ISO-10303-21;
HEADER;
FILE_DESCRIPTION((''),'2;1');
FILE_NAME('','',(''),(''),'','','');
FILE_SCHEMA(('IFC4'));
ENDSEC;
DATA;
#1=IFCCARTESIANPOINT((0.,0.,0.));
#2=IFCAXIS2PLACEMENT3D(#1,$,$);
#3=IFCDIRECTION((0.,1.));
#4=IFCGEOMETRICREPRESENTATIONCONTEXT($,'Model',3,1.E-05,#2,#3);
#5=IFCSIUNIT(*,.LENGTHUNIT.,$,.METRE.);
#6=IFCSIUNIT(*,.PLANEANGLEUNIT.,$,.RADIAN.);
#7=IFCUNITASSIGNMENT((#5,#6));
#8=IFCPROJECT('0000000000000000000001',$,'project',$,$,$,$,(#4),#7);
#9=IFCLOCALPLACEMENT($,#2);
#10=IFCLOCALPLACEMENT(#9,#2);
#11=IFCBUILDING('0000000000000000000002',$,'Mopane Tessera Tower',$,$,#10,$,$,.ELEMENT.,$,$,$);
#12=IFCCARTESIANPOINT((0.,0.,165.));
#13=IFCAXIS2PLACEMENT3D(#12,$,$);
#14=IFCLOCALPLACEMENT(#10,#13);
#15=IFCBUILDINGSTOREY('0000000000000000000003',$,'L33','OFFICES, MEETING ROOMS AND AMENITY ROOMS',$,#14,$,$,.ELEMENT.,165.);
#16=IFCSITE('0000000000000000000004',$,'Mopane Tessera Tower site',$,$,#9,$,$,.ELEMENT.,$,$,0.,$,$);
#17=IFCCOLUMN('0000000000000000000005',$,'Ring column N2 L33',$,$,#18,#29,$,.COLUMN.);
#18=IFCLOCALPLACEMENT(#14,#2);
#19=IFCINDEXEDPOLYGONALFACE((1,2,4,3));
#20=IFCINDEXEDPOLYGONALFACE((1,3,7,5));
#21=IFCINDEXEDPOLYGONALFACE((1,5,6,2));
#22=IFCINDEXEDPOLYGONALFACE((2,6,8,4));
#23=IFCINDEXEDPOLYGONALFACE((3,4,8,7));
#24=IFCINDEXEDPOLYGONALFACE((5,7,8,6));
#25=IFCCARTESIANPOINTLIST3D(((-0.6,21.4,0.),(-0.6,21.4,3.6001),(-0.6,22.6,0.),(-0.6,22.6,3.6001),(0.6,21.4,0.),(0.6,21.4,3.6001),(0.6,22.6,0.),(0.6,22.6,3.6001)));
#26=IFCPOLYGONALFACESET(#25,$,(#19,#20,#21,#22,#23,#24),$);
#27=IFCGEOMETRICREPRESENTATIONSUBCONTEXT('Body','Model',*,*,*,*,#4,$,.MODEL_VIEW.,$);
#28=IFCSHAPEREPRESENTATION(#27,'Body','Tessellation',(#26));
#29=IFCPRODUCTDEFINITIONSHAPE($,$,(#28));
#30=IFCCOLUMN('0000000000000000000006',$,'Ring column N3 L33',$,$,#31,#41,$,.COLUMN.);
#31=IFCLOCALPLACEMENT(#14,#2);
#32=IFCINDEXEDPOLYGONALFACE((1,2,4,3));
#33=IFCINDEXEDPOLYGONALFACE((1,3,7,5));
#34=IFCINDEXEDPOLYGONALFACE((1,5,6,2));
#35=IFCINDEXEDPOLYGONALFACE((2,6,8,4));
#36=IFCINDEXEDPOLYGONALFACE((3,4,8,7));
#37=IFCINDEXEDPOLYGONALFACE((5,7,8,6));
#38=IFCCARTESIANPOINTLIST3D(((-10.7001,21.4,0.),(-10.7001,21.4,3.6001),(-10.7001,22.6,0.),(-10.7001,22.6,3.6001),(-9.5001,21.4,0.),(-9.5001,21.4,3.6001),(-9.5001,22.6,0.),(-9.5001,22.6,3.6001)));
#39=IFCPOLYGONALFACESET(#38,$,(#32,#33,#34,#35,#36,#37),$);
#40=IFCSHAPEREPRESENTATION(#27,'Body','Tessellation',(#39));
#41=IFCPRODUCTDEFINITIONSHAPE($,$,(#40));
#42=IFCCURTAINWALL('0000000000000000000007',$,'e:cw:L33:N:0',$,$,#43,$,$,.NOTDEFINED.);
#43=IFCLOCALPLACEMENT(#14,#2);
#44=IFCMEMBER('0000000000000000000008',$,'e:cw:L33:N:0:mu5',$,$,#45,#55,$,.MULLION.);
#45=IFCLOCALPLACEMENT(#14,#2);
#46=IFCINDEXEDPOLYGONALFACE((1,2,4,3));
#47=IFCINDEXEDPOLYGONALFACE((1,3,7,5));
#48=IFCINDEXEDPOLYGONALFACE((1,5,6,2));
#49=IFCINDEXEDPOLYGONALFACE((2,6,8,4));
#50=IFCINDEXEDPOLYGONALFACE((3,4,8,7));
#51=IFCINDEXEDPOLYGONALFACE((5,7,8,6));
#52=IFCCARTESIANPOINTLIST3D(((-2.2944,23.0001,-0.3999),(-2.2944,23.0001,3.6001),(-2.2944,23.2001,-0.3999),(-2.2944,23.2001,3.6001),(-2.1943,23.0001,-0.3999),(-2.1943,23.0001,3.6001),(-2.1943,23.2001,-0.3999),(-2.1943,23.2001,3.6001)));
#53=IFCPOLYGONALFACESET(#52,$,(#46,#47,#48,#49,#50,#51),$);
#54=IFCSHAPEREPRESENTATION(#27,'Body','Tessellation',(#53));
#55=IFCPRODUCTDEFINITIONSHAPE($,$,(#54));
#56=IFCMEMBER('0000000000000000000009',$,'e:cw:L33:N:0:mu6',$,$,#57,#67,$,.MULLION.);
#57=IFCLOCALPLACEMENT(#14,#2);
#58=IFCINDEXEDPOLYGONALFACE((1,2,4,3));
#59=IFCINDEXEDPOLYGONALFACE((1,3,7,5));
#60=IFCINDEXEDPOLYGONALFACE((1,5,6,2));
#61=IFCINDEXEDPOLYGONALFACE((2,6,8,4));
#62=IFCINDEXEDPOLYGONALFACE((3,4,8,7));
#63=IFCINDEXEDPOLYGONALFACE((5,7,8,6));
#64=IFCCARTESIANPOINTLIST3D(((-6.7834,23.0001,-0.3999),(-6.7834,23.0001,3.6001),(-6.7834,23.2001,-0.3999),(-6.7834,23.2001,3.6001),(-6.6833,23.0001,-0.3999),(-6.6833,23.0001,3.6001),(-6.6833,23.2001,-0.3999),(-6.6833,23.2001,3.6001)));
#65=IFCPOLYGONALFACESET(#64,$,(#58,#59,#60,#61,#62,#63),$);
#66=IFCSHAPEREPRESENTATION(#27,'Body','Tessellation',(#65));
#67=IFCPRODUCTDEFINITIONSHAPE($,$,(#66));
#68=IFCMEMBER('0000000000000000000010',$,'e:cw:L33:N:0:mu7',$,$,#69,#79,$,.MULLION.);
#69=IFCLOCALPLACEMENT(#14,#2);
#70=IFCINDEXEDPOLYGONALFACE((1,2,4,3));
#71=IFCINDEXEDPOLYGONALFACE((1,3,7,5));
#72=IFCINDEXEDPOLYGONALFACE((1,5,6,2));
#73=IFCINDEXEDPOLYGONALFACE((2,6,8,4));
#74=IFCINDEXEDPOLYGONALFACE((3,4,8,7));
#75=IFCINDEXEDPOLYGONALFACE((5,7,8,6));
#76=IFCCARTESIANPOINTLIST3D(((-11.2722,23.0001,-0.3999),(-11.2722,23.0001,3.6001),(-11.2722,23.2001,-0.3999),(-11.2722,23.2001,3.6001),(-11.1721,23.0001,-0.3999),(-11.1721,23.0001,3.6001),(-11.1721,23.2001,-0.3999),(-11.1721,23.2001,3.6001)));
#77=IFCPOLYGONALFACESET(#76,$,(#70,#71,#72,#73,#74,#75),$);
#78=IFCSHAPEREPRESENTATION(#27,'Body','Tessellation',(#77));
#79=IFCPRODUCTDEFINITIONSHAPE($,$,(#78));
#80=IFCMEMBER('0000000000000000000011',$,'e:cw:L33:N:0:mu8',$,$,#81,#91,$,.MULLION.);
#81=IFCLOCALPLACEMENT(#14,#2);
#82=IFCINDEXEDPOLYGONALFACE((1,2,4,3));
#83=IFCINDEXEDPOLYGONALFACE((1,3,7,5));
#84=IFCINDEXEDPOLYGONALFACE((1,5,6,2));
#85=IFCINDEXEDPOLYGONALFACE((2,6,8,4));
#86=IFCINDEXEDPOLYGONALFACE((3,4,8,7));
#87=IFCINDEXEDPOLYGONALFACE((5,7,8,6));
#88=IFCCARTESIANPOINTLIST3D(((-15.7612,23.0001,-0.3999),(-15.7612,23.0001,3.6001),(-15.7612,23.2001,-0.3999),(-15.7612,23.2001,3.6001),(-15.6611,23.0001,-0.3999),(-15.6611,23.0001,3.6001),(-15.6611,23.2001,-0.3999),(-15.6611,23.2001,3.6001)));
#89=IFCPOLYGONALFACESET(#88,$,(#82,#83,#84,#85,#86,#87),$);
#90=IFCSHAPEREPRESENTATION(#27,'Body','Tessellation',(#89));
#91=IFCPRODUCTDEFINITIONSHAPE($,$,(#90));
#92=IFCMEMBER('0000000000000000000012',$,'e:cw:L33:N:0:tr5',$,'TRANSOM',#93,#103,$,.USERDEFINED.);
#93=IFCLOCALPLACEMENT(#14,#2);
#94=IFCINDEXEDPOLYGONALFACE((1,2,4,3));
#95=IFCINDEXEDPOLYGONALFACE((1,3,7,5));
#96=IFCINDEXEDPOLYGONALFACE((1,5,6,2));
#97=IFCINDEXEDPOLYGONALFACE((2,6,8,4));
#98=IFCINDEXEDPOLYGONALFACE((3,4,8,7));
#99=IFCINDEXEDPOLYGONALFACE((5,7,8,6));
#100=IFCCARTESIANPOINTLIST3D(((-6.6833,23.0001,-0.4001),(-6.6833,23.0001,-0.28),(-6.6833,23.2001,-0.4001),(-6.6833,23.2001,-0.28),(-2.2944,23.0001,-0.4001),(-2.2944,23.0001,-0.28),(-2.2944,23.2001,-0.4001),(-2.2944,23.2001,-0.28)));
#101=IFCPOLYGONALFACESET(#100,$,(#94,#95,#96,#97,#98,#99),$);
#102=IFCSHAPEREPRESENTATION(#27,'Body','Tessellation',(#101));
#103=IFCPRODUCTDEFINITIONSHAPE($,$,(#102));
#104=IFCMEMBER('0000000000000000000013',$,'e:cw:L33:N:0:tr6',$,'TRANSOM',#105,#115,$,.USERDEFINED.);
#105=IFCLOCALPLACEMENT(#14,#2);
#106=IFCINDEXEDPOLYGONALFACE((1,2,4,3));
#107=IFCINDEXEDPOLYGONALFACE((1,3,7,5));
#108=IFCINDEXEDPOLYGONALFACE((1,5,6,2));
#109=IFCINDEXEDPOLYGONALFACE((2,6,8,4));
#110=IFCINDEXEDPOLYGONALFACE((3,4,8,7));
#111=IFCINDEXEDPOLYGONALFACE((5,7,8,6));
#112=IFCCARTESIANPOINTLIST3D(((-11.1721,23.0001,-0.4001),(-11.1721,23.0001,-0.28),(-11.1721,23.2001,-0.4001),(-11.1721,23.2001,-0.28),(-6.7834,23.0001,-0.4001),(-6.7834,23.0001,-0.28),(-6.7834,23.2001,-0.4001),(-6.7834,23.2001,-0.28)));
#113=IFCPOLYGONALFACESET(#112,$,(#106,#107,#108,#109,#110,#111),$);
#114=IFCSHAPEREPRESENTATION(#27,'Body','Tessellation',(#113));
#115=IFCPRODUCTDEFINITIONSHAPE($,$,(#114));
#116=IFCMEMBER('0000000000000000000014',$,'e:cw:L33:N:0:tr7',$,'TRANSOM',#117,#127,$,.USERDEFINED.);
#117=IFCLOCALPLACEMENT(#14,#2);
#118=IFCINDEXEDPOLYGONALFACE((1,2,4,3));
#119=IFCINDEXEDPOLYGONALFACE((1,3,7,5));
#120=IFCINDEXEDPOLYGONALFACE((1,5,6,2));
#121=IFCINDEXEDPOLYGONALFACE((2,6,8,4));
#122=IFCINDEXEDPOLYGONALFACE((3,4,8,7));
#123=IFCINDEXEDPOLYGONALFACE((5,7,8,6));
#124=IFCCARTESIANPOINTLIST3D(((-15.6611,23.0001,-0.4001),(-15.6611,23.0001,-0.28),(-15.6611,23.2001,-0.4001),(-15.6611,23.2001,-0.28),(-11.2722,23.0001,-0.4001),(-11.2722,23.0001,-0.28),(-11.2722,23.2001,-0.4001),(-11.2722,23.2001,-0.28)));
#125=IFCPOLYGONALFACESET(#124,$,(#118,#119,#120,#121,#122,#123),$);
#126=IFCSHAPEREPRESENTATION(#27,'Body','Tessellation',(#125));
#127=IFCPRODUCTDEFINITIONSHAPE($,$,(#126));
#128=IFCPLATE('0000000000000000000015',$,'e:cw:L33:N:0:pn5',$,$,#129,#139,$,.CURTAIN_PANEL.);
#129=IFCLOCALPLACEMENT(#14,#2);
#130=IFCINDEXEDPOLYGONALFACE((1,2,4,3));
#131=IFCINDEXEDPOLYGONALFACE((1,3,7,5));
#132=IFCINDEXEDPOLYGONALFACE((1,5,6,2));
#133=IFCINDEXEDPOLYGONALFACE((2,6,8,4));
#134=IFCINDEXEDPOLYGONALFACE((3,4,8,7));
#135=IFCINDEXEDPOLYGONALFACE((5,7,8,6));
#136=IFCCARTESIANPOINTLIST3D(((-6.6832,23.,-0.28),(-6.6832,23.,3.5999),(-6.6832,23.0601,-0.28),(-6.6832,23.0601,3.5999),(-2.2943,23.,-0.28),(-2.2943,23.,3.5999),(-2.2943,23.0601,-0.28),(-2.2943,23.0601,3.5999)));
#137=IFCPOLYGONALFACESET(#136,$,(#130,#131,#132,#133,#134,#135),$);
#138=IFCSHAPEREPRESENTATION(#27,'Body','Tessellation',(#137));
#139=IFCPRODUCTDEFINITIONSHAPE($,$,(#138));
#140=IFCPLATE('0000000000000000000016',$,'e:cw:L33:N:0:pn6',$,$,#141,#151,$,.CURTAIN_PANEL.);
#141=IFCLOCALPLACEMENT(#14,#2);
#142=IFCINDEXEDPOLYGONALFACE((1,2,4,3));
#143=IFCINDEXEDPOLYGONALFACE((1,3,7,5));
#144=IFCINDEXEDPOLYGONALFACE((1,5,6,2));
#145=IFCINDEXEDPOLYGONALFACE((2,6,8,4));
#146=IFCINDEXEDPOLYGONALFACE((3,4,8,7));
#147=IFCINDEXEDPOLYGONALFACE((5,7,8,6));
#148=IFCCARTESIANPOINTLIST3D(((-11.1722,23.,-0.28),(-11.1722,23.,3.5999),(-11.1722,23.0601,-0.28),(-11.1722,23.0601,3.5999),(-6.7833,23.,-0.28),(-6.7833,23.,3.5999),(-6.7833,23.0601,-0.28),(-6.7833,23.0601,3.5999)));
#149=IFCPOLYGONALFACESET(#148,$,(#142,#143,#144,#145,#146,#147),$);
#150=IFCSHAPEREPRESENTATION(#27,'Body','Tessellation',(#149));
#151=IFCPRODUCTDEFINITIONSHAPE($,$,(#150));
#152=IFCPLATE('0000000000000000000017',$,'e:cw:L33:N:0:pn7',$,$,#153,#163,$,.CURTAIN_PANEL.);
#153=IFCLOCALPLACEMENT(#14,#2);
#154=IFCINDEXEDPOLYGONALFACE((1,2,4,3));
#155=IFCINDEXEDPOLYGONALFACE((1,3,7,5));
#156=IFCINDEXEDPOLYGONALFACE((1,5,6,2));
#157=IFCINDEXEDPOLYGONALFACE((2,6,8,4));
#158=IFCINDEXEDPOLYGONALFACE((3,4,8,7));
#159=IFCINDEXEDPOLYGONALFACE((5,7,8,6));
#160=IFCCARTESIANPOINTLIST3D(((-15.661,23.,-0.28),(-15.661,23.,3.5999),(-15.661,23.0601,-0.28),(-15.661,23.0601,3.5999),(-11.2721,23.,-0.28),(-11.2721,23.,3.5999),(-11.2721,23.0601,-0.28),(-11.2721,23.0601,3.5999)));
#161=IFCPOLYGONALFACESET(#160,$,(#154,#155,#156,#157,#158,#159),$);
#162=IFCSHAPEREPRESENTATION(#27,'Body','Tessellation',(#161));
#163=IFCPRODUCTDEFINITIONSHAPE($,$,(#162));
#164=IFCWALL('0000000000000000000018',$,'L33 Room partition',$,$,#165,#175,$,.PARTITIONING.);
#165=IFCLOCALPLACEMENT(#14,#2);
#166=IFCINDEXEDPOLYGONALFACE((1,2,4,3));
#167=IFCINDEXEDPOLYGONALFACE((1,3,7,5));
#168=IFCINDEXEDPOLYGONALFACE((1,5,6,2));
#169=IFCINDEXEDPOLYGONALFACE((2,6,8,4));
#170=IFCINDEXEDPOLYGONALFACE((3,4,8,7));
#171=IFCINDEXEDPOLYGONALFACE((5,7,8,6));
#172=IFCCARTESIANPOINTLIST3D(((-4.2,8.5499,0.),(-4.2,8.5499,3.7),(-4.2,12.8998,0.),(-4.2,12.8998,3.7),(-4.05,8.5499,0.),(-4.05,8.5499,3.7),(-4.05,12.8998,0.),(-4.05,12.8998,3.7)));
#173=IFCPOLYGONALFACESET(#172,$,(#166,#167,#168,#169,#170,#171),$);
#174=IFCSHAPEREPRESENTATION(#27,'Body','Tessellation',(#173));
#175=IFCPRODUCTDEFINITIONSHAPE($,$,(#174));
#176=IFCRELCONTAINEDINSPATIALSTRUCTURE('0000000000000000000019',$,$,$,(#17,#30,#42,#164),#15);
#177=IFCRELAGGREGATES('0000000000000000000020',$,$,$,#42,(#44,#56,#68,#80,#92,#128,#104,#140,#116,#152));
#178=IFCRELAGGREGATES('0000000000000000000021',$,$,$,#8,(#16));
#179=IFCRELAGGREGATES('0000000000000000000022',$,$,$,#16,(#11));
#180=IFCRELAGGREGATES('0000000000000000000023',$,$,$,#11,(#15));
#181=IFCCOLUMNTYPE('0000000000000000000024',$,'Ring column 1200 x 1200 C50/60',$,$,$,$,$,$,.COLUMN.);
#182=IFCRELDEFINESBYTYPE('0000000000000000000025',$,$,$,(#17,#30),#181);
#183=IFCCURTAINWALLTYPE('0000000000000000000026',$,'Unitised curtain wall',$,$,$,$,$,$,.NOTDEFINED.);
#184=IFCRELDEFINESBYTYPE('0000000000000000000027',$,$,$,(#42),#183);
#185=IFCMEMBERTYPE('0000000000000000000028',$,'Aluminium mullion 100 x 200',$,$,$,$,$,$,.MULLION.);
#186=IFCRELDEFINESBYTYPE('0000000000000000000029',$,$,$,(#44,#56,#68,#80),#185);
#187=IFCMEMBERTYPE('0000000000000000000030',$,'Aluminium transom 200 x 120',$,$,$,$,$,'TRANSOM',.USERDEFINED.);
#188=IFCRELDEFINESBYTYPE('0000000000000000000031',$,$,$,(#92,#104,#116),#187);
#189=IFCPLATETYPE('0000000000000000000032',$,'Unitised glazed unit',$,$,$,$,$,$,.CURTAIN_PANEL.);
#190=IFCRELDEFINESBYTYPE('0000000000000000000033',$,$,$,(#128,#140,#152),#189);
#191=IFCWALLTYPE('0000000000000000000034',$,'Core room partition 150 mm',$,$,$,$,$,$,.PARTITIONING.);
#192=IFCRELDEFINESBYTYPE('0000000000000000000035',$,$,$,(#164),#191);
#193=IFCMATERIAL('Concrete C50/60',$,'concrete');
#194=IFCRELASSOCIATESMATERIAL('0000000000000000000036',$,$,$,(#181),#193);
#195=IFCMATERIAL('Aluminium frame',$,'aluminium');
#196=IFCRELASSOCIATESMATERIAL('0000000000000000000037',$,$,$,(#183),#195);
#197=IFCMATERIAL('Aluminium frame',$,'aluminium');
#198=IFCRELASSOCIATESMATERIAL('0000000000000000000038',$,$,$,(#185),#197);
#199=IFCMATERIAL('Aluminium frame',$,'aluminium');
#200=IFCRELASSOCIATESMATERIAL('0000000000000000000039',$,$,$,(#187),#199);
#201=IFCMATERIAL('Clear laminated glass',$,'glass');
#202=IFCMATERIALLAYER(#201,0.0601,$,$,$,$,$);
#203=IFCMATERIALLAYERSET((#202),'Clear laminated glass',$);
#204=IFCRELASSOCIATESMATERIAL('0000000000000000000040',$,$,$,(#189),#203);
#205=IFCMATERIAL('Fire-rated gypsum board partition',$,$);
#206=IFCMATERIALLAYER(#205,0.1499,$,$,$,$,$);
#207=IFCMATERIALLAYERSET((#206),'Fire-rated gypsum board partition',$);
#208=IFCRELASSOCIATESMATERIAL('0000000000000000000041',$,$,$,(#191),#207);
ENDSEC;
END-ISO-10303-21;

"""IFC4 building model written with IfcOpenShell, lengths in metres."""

from ifc_helpers import new_model, si_unit, direction, frame, frame_2d, origin, origin_2d, place, context, subcontext, project, spatial, rectangle, extrude, material, layer, layer_set, material_profile, profile_set, type_object, element, aggregate, save


model = new_model("IFC4")

# Units and contexts
model_context = context("Model", 3, precision=1e-05, world=origin(), true_north=direction((0.0, 1.0)))
body_context = subcontext(model_context, "Body", "Model", "MODEL_VIEW")
ifc_project = project(units=[si_unit("LENGTHUNIT", "METRE"), si_unit("PLANEANGLEUNIT", "RADIAN")], contexts=[model_context])

# Site, building, storey
site_placement = place(None, origin())
site = spatial("IfcSite", under=ifc_project, at=site_placement, Name="Mopane Tessera Tower site", CompositionType="ELEMENT", RefElevation=0.0)
building_placement = place(site_placement, origin())
building = spatial("IfcBuilding", under=site, at=building_placement, Name="Mopane Tessera Tower", CompositionType="ELEMENT")
storey_placement = place(building_placement, frame((0.0, 0.0, 165.0)))
storey = spatial("IfcBuildingStorey", under=building, at=storey_placement, Name="L33", Description="OFFICES, MEETING ROOMS AND AMENITY ROOMS", CompositionType="ELEMENT", Elevation=165.0)

# Columns
ifc_material_1 = material(Name="Concrete C50/60", Category="concrete")
ifc_material_profile_1 = material_profile(ifc_material_1, rectangle(XDim=1.2, YDim=1.2, at=origin_2d()))
ifc_profile_set_1 = profile_set([ifc_material_profile_1], Name="Concrete C50/60")
column_type = type_object("IfcColumnType", Name="Ring column 1200 x 1200 C50/60", PredefinedType="COLUMN", material=ifc_profile_set_1)
for number, where, z_axis, x_axis, name in (
    (1, (0.0, 22.0, 0.0), (0.0, 0.0, 1.0), (1.0, 0.0, 0.0), "Ring column N2 L33"),
    (2, (-10.1001, 22.0, 0.0), (0.0, 0.0, 1.0), (1.0, 0.0, 0.0), "Ring column N3 L33"),
):
    element("IfcColumn", number, at=place(storey_placement, frame(where, z_axis=z_axis, x_axis=x_axis)), inside=storey, type_object=column_type, Name=name, PredefinedType="COLUMN", context=body_context, shape_type="SweptSolid", body=[
        extrude(rectangle(XDim=1.2, YDim=1.2, at=origin_2d()), origin(), (0.0, 0.0, 1.0), 3.6001),
    ])

# Curtain wall, members, plates
ifc_material_2 = material(Name="Aluminium frame", Category="aluminium")
curtain_wall_type = type_object("IfcCurtainWallType", Name="Unitised curtain wall", PredefinedType="NOTDEFINED", material=ifc_material_2)
curtain_wall_placement = place(storey_placement, origin())
curtain_wall = element("IfcCurtainWall", 3, at=curtain_wall_placement, inside=storey, type_object=curtain_wall_type, Name="e:cw:L33:N:0", PredefinedType="NOTDEFINED")
ifc_material_3 = material(Name="Aluminium frame", Category="aluminium")
ifc_material_profile_2 = material_profile(ifc_material_3, rectangle(XDim=0.1001, YDim=0.2, at=origin_2d()))
ifc_profile_set_2 = profile_set([ifc_material_profile_2], Name="Aluminium frame")
member_type_1 = type_object("IfcMemberType", Name="Aluminium mullion 100 x 200", PredefinedType="MULLION", material=ifc_profile_set_2)
member_1_placement = place(storey_placement, frame((-2.2444, 23.1001, -0.3999), z_axis=(0.0, 0.0, 1.0), x_axis=(-1.0, 0.0, 0.0)))
member_1 = element("IfcMember", 4, at=member_1_placement, type_object=member_type_1, Name="e:cw:L33:N:0:mu5", PredefinedType="MULLION", context=body_context, shape_type="SweptSolid", body=[
    extrude(rectangle(XDim=0.1001, YDim=0.2, at=origin_2d()), origin(), (0.0, 0.0, 1.0), 4.0),
])
member_2_placement = place(storey_placement, frame((-6.7334, 23.1001, -0.3999), z_axis=(0.0, 0.0, 1.0), x_axis=(-1.0, 0.0, 0.0)))
member_2 = element("IfcMember", 5, at=member_2_placement, type_object=member_type_1, Name="e:cw:L33:N:0:mu6", PredefinedType="MULLION", context=body_context, shape_type="SweptSolid", body=[
    extrude(rectangle(XDim=0.1001, YDim=0.2, at=origin_2d()), origin(), (0.0, 0.0, 1.0), 4.0),
])
member_3_placement = place(storey_placement, frame((-11.2222, 23.1001, -0.3999), z_axis=(0.0, 0.0, 1.0), x_axis=(-1.0, 0.0, 0.0)))
member_3 = element("IfcMember", 6, at=member_3_placement, type_object=member_type_1, Name="e:cw:L33:N:0:mu7", PredefinedType="MULLION", context=body_context, shape_type="SweptSolid", body=[
    extrude(rectangle(XDim=0.1001, YDim=0.2, at=origin_2d()), origin(), (0.0, 0.0, 1.0), 4.0),
])
member_4_placement = place(storey_placement, frame((-15.7112, 23.1001, -0.3999), z_axis=(0.0, 0.0, 1.0), x_axis=(-1.0, 0.0, 0.0)))
member_4 = element("IfcMember", 7, at=member_4_placement, type_object=member_type_1, Name="e:cw:L33:N:0:mu8", PredefinedType="MULLION", context=body_context, shape_type="SweptSolid", body=[
    extrude(rectangle(XDim=0.1001, YDim=0.2, at=origin_2d()), origin(), (0.0, 0.0, 1.0), 4.0),
])
ifc_material_4 = material(Name="Aluminium frame", Category="aluminium")
ifc_material_profile_3 = material_profile(ifc_material_4, rectangle(XDim=0.2, YDim=0.1201, at=origin_2d()))
ifc_profile_set_3 = profile_set([ifc_material_profile_3], Name="Aluminium frame")
member_type_2 = type_object("IfcMemberType", Name="Aluminium transom 200 x 120", ElementType="TRANSOM", PredefinedType="USERDEFINED", material=ifc_profile_set_3)
member_5_placement = place(storey_placement, frame((-2.2944, 23.1001, -0.3401), z_axis=(-1.0, 0.0, 0.0), x_axis=(0.0, -1.0, 0.0)))
member_5 = element("IfcMember", 8, at=member_5_placement, type_object=member_type_2, Name="e:cw:L33:N:0:tr5", ObjectType="TRANSOM", PredefinedType="USERDEFINED", context=body_context, shape_type="SweptSolid", body=[
    extrude(rectangle(XDim=0.2, YDim=0.1201, at=origin_2d()), origin(), (0.0, 0.0, 1.0), 4.3889),
])
member_6_placement = place(storey_placement, frame((-6.7834, 23.1001, -0.3401), z_axis=(-1.0, 0.0, 0.0), x_axis=(0.0, -1.0, 0.0)))
member_6 = element("IfcMember", 9, at=member_6_placement, type_object=member_type_2, Name="e:cw:L33:N:0:tr6", ObjectType="TRANSOM", PredefinedType="USERDEFINED", context=body_context, shape_type="SweptSolid", body=[
    extrude(rectangle(XDim=0.2, YDim=0.1201, at=origin_2d()), origin(), (0.0, 0.0, 1.0), 4.3887),
])
member_7_placement = place(storey_placement, frame((-11.2722, 23.1001, -0.3401), z_axis=(-1.0, 0.0, 0.0), x_axis=(0.0, -1.0, 0.0)))
member_7 = element("IfcMember", 10, at=member_7_placement, type_object=member_type_2, Name="e:cw:L33:N:0:tr7", ObjectType="TRANSOM", PredefinedType="USERDEFINED", context=body_context, shape_type="SweptSolid", body=[
    extrude(rectangle(XDim=0.2, YDim=0.1201, at=origin_2d()), origin(), (0.0, 0.0, 1.0), 4.3889),
])
ifc_material_5 = material(Name="Clear laminated glass", Category="glass")
ifc_layer_1 = layer(ifc_material_5, 0.0601)
ifc_layer_set_1 = layer_set([ifc_layer_1], Name="Clear laminated glass")
plate_type = type_object("IfcPlateType", Name="Unitised glazed unit", PredefinedType="CURTAIN_PANEL", material=ifc_layer_set_1)
plate_1_placement = place(storey_placement, frame((-4.4888, 23.03, -0.28), z_axis=(0.0, 0.0, 1.0), x_axis=(-1.0, 0.0, 0.0)))
plate_1 = element("IfcPlate", 11, at=plate_1_placement, type_object=plate_type, Name="e:cw:L33:N:0:pn5", PredefinedType="CURTAIN_PANEL", context=body_context, shape_type="SweptSolid", body=[
    extrude(rectangle(XDim=4.3889, YDim=0.0601, at=origin_2d()), origin(), (0.0, 0.0, 1.0), 3.8799),
])
plate_2_placement = place(storey_placement, frame((-8.9778, 23.03, -0.28), z_axis=(0.0, 0.0, 1.0), x_axis=(-1.0, 0.0, 0.0)))
plate_2 = element("IfcPlate", 12, at=plate_2_placement, type_object=plate_type, Name="e:cw:L33:N:0:pn6", PredefinedType="CURTAIN_PANEL", context=body_context, shape_type="SweptSolid", body=[
    extrude(rectangle(XDim=4.3889, YDim=0.0601, at=origin_2d()), origin(), (0.0, 0.0, 1.0), 3.8799),
])
plate_3_placement = place(storey_placement, frame((-13.4666, 23.03, -0.28), z_axis=(0.0, 0.0, 1.0), x_axis=(-1.0, 0.0, 0.0)))
plate_3 = element("IfcPlate", 13, at=plate_3_placement, type_object=plate_type, Name="e:cw:L33:N:0:pn7", PredefinedType="CURTAIN_PANEL", context=body_context, shape_type="SweptSolid", body=[
    extrude(rectangle(XDim=4.3889, YDim=0.0601, at=origin_2d()), origin(), (0.0, 0.0, 1.0), 3.8799),
])
aggregate(curtain_wall, [member_1, member_2, member_3, member_4, member_5, plate_1, member_6, plate_2, member_7, plate_3])

# Wall
ifc_material_6 = material(Name="Fire-rated gypsum board partition")
ifc_layer_2 = layer(ifc_material_6, 0.1499)
ifc_layer_set_2 = layer_set([ifc_layer_2], Name="Fire-rated gypsum board partition")
wall_type_1 = type_object("IfcWallType", Name="Core room partition 150 mm", PredefinedType="PARTITIONING", material=ifc_layer_set_2)
wall_1_placement = place(storey_placement, frame((-4.125, 8.55, 0.0), z_axis=(0.0, 0.0, 1.0), x_axis=(0.0, 1.0, 0.0)))
element("IfcWall", 14, at=wall_1_placement, inside=storey, type_object=wall_type_1, Name="L33 Room partition", PredefinedType="PARTITIONING", context=body_context, shape_type="SweptSolid", body=[
    extrude(rectangle(XDim=4.3499, YDim=0.1499, at=frame_2d((2.1748, 0.0))), origin(), (0.0, 0.0, 1.0), 3.7),
])

save(model, "model.ifc")
